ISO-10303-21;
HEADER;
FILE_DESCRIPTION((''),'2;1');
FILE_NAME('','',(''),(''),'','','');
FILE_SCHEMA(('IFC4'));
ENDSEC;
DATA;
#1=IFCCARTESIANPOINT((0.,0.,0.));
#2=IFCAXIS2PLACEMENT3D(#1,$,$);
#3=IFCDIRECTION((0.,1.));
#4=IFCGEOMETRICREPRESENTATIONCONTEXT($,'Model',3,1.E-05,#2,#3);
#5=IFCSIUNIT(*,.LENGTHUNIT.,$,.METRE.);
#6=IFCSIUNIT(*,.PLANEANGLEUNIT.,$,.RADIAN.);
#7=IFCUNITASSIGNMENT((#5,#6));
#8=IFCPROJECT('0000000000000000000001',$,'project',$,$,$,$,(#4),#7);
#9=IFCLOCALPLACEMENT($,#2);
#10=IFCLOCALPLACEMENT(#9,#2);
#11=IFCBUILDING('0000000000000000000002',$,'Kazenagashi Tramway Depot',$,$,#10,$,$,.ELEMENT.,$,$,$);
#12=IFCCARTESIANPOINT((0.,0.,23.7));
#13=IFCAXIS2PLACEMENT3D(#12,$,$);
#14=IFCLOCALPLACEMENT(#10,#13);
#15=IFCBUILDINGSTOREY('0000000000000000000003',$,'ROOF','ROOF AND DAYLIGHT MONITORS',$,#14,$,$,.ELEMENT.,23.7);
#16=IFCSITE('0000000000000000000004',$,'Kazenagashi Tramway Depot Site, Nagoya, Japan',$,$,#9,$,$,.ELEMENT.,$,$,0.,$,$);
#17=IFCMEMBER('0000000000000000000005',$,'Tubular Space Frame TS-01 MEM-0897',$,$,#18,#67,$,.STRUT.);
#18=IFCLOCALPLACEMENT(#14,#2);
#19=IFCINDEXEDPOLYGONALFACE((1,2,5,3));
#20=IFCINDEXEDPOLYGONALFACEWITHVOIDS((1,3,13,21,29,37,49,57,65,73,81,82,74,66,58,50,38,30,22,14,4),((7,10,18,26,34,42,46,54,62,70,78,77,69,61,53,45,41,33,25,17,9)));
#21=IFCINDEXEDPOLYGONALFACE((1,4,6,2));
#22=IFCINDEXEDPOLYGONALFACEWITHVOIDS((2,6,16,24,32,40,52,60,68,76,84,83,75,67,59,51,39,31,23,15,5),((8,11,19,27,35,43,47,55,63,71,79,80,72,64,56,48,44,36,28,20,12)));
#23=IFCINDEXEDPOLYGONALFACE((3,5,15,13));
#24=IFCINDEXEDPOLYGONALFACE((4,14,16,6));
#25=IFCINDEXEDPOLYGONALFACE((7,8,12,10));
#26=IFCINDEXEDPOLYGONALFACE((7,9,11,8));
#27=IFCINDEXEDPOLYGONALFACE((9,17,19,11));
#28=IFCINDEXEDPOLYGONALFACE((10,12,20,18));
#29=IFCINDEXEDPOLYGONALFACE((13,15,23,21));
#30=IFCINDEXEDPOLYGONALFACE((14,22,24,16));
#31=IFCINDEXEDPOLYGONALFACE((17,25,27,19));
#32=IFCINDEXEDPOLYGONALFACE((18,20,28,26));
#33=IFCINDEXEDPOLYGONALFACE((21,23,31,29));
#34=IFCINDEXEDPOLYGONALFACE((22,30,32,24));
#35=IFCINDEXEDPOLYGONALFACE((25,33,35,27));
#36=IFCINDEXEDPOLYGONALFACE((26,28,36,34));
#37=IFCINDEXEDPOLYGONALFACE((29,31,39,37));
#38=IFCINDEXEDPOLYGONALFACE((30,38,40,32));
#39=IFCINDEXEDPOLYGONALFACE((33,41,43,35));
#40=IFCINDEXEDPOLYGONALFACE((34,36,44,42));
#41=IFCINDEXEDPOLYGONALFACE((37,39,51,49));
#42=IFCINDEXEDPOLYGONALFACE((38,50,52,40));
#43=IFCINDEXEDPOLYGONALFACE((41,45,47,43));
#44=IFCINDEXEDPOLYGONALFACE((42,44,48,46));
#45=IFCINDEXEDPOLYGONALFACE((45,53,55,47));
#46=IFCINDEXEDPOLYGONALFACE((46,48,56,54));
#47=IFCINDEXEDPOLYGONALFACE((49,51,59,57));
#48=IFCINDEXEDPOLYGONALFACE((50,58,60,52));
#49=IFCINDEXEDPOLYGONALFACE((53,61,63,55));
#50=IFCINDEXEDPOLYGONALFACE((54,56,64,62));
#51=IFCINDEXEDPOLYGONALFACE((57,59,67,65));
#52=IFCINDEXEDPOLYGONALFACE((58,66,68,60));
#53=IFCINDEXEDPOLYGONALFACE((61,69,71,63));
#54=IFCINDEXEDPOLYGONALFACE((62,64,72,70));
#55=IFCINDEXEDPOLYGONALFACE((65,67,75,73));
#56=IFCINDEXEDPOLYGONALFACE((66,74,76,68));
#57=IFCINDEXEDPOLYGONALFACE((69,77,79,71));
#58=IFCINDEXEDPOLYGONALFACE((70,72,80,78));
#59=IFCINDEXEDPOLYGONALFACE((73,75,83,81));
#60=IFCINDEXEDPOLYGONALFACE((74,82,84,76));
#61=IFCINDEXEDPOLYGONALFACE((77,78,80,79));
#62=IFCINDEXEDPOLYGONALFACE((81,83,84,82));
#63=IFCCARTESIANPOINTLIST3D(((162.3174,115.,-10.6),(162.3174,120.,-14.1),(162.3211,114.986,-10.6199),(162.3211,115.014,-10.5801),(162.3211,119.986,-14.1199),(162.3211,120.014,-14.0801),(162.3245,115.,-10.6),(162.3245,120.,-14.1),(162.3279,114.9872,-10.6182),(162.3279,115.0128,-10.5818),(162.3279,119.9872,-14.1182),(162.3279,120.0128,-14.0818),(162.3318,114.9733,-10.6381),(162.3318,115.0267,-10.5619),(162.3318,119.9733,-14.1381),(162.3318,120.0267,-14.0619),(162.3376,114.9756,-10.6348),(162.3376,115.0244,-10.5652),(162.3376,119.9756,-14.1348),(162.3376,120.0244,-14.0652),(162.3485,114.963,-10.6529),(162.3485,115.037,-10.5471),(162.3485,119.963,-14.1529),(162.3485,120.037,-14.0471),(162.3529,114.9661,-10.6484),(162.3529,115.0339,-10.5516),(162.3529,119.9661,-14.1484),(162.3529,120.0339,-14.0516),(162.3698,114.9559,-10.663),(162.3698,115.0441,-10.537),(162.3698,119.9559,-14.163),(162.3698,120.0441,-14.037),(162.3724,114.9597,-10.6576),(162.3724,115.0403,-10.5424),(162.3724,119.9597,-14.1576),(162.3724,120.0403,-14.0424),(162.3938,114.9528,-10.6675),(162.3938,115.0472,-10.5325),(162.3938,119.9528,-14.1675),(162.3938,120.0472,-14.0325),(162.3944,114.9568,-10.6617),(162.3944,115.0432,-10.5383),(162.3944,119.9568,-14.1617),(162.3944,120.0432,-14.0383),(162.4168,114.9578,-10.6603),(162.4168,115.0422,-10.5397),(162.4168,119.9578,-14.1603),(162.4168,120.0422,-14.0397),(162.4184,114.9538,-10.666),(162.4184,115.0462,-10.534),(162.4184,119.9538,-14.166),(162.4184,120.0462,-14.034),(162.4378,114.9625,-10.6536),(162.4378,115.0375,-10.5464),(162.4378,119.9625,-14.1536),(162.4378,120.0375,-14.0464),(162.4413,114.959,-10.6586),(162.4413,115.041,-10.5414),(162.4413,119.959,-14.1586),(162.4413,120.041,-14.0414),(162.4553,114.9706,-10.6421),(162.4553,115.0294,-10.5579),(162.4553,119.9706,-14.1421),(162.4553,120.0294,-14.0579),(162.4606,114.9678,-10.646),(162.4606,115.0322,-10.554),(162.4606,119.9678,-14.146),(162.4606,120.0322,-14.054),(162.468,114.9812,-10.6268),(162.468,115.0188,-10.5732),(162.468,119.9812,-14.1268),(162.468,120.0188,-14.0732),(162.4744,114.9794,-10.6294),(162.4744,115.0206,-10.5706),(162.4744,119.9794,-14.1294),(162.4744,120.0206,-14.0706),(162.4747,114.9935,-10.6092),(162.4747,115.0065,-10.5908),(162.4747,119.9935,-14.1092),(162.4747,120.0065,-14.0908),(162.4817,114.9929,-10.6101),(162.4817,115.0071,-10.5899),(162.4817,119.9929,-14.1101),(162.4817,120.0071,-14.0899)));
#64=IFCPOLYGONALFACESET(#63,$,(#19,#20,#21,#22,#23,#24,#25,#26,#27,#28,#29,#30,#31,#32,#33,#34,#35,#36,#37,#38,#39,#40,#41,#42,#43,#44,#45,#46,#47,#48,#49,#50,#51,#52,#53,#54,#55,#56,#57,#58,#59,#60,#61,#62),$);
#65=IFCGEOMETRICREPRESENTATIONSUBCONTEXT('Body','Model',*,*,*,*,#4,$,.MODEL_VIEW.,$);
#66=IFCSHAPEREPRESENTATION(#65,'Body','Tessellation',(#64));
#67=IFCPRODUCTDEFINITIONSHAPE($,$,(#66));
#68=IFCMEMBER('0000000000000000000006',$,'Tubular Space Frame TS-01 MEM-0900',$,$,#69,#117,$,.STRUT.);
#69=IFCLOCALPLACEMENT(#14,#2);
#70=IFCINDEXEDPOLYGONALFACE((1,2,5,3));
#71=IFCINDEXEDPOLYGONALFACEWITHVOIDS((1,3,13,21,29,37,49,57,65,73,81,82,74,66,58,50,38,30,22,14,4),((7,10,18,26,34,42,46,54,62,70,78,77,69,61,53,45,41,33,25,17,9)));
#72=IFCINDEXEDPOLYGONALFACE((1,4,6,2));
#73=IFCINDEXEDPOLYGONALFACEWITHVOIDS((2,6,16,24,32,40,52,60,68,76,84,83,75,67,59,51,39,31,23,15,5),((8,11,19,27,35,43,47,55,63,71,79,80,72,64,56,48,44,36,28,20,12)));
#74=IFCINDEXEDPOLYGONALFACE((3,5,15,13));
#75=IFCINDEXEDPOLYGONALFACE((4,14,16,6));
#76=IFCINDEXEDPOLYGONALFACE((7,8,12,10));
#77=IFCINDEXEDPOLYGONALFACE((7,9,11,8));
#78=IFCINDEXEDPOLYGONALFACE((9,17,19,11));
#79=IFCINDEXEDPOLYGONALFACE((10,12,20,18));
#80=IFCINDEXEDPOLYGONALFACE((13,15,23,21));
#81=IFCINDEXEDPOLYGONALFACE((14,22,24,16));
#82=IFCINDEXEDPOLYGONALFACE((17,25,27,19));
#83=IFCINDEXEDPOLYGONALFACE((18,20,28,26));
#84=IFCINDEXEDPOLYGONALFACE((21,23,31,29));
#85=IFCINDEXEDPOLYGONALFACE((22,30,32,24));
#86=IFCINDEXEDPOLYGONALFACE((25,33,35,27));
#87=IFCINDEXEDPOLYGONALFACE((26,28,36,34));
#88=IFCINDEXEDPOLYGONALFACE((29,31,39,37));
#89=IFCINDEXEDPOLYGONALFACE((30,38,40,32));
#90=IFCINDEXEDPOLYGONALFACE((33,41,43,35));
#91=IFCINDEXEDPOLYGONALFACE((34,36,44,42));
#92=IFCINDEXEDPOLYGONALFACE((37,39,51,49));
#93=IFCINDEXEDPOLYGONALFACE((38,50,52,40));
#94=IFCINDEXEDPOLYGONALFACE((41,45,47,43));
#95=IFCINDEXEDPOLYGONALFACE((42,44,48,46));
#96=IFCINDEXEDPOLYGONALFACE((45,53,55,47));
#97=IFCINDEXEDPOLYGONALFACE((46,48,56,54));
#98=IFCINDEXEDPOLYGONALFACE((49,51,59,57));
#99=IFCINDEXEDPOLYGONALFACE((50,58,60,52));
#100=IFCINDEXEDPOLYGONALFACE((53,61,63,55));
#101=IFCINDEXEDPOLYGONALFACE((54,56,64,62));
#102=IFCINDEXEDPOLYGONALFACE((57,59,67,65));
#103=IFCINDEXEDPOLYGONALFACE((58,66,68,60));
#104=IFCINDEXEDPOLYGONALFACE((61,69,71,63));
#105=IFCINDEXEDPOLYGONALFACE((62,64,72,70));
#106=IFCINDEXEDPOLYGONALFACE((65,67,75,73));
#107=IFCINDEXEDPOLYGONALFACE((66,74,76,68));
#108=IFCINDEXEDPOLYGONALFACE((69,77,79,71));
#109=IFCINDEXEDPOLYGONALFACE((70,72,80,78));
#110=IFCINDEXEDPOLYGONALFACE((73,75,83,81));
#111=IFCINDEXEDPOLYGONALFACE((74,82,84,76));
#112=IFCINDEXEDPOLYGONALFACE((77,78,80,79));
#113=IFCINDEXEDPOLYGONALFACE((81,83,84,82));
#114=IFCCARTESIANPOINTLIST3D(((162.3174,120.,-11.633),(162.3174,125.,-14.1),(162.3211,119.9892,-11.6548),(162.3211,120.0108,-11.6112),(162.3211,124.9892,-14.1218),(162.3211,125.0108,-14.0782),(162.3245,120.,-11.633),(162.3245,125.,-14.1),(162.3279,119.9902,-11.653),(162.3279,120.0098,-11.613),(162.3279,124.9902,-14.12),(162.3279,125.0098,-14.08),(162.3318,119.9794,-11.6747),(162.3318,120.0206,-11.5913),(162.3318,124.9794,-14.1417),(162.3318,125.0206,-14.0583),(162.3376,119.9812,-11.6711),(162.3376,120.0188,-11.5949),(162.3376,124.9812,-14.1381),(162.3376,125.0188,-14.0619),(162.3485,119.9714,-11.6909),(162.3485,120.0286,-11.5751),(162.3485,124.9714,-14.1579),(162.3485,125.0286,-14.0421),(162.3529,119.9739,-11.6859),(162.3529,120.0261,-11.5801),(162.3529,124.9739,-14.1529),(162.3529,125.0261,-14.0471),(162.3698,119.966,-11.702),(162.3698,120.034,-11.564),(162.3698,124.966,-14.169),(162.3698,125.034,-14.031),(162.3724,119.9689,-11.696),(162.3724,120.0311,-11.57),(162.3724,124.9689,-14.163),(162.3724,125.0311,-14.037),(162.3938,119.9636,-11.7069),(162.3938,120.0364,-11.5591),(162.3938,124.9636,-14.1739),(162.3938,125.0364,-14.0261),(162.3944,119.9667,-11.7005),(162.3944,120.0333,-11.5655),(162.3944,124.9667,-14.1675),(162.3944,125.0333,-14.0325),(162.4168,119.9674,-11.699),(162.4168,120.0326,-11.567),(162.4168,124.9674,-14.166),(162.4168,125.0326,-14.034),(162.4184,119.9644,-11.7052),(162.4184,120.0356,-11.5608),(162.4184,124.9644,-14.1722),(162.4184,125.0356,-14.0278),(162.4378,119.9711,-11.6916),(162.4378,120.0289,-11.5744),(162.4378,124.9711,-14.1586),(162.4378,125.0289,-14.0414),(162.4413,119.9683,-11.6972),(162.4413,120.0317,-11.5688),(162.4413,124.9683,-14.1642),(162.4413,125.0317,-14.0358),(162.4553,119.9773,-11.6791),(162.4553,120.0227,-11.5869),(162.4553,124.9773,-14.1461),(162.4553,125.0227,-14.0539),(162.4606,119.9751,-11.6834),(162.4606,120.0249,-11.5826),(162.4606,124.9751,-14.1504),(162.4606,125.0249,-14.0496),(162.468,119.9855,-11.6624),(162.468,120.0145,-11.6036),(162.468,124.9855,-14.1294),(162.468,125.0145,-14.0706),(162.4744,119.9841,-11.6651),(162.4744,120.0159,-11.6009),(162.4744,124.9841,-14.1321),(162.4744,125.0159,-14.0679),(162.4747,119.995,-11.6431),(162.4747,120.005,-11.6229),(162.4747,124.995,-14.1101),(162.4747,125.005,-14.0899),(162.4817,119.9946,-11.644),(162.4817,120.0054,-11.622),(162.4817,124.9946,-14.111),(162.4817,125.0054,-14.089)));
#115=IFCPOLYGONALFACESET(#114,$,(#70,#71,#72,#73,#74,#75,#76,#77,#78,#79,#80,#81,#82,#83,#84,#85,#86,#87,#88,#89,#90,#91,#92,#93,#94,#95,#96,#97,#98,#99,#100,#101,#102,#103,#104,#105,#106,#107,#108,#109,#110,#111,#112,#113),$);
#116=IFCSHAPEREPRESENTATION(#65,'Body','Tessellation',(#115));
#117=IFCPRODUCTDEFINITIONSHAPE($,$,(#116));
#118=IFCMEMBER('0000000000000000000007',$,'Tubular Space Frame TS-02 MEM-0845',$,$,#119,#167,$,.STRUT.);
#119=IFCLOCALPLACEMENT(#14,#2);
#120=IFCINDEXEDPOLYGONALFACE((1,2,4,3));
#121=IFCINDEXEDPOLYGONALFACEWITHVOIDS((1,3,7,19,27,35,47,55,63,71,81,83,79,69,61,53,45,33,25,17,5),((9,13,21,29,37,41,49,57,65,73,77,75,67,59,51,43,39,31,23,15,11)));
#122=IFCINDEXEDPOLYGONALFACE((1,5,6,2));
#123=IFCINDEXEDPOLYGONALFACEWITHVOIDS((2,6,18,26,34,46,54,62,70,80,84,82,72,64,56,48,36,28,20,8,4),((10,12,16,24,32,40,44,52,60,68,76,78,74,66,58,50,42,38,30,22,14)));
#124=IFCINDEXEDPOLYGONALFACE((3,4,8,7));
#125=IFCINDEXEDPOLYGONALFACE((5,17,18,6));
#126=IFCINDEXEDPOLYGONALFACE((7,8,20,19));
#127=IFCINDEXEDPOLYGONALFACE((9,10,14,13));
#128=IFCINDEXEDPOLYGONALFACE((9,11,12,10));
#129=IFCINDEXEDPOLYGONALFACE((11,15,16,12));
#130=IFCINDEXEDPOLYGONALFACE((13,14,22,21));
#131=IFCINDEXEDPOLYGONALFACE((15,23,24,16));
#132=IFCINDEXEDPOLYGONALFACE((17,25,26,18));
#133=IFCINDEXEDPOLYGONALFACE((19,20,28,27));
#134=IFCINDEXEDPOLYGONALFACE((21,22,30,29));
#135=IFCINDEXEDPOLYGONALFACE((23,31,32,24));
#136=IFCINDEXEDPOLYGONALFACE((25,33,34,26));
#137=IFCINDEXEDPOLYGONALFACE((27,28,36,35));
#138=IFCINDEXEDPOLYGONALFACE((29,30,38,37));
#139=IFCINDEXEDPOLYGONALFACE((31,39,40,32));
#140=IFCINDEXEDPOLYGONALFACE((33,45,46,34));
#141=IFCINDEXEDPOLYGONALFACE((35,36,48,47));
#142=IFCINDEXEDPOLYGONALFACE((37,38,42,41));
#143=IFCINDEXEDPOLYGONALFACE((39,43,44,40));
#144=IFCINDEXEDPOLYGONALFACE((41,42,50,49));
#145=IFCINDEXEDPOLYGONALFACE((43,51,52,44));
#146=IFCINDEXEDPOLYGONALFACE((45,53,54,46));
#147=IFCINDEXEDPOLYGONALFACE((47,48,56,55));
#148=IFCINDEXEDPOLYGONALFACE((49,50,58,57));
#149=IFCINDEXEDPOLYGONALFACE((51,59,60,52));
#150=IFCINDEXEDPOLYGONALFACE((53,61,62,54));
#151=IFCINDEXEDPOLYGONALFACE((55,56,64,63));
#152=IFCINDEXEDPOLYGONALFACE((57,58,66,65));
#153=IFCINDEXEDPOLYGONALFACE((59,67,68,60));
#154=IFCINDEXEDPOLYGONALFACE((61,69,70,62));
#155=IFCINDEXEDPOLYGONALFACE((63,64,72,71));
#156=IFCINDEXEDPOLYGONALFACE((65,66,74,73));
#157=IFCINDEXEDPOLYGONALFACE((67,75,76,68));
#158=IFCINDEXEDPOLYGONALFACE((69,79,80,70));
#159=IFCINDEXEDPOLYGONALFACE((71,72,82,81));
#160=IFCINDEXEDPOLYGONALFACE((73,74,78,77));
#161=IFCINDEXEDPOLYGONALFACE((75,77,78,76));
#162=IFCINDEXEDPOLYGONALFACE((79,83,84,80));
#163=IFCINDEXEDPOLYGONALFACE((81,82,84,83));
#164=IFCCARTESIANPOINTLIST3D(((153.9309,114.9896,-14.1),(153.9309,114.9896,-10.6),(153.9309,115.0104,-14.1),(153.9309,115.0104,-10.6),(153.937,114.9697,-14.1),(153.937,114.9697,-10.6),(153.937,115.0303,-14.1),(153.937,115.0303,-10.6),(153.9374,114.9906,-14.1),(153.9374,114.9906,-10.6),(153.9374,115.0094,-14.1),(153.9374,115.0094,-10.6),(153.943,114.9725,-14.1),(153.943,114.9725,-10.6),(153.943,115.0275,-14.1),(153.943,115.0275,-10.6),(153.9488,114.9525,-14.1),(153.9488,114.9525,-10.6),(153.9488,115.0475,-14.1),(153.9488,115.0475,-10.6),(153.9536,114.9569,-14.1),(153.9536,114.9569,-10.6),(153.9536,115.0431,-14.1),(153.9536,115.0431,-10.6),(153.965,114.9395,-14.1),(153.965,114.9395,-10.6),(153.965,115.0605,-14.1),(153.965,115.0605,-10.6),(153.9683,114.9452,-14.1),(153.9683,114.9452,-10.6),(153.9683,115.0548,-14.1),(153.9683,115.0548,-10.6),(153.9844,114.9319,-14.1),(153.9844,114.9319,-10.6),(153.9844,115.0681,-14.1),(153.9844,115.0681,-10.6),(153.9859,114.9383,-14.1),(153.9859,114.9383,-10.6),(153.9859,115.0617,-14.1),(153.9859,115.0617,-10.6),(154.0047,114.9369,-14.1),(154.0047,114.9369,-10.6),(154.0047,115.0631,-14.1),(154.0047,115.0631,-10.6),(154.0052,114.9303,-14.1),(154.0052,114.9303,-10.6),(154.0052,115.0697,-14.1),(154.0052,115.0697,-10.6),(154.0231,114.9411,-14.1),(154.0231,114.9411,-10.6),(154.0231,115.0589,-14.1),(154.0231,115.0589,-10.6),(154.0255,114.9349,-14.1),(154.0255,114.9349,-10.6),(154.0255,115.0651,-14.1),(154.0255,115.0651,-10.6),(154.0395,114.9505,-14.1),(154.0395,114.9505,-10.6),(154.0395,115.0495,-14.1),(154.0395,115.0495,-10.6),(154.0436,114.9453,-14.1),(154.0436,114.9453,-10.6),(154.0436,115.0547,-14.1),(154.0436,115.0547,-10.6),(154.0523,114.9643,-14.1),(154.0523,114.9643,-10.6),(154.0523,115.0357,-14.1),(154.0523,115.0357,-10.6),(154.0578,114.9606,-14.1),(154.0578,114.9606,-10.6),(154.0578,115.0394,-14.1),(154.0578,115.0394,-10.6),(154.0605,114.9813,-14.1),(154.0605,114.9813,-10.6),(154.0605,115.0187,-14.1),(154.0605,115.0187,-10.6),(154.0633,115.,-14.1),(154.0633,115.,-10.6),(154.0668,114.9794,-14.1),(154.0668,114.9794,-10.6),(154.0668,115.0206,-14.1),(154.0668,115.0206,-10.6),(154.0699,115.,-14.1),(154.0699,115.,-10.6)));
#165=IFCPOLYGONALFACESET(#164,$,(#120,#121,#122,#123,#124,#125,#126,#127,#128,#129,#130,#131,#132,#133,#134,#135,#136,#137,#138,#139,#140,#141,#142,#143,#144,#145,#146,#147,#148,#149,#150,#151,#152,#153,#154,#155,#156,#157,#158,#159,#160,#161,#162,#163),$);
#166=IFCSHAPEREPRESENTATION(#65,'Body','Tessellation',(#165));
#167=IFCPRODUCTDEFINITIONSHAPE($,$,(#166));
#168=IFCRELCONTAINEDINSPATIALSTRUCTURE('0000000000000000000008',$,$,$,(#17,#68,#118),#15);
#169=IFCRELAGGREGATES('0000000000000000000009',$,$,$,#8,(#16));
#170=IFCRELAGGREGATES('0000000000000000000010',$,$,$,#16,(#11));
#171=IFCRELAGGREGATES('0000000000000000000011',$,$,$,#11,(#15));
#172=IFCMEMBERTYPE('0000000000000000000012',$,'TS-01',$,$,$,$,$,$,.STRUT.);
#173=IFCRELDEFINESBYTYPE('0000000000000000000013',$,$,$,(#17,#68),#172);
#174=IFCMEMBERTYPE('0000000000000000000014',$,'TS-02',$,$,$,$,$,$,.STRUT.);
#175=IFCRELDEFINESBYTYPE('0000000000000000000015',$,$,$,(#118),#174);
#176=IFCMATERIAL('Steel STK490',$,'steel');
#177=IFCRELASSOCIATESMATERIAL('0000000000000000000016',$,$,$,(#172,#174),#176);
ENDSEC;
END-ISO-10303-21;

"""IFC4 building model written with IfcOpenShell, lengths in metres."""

from ifc_helpers import new_model, si_unit, direction, frame, origin, origin_2d, place, context, subcontext, project, spatial, hollow_circle, extrude, material, material_profile, profile_set, type_object, element, save


model = new_model("IFC4")

# Units and contexts
model_context = context("Model", 3, precision=1e-05, world=origin(), true_north=direction((0.0, 1.0)))
body_context = subcontext(model_context, "Body", "Model", "MODEL_VIEW")
ifc_project = project(units=[si_unit("LENGTHUNIT", "METRE"), si_unit("PLANEANGLEUNIT", "RADIAN")], contexts=[model_context])

# Site, building, storey
site_placement = place(None, origin())
site = spatial("IfcSite", under=ifc_project, at=site_placement, Name="Kazenagashi Tramway Depot Site, Nagoya, Japan", CompositionType="ELEMENT", RefElevation=0.0)
building_placement = place(site_placement, origin())
building = spatial("IfcBuilding", under=site, at=building_placement, Name="Kazenagashi Tramway Depot", CompositionType="ELEMENT")
storey_placement = place(building_placement, frame((0.0, 0.0, 23.7)))
storey = spatial("IfcBuildingStorey", under=building, at=storey_placement, Name="ROOF", Description="ROOF AND DAYLIGHT MONITORS", CompositionType="ELEMENT", Elevation=23.7)

# Members
ifc_material_1 = material(Name="Steel STK490", Category="steel")
ifc_material_profile_1 = material_profile(ifc_material_1, hollow_circle(Radius=0.0826, WallThickness=0.0071, at=origin_2d()), Name="CHS-165.2x7.1")
ifc_profile_set_1 = profile_set([ifc_material_profile_1], Name="Steel STK490")
member_type_1 = type_object("IfcMemberType", Name="TS-01", PredefinedType="STRUT", material=ifc_profile_set_1)
member_1_placement = place(storey_placement, frame((162.4, 115.0, -10.6), z_axis=(0.0, 0.819232, -0.573462), x_axis=(-1.0, 0.0, 0.0)))
element("IfcMember", 1, at=member_1_placement, inside=storey, type_object=member_type_1, Name="Tubular Space Frame TS-01 MEM-0897", PredefinedType="STRUT", context=body_context, shape_type="SweptSolid", body=[
    extrude(hollow_circle(Radius=0.0826, WallThickness=0.0071, at=origin_2d()), origin(), (0.0, 0.0, 1.0), 6.1033),
])
member_2_placement = place(storey_placement, frame((162.4, 120.0, -11.633), z_axis=(0.0, 0.896782, -0.442472), x_axis=(-1.0, 0.0, 0.0)))
element("IfcMember", 2, at=member_2_placement, inside=storey, type_object=member_type_1, Name="Tubular Space Frame TS-01 MEM-0900", PredefinedType="STRUT", context=body_context, shape_type="SweptSolid", body=[
    extrude(hollow_circle(Radius=0.0826, WallThickness=0.0071, at=origin_2d()), origin(), (0.0, 0.0, 1.0), 5.5755),
])
ifc_material_profile_2 = material_profile(ifc_material_1, hollow_circle(Radius=0.0699, WallThickness=0.0066, at=origin_2d()), Name="CHS-139.8x6.6")
ifc_profile_set_2 = profile_set([ifc_material_profile_2], Name="Steel STK490")
member_type_2 = type_object("IfcMemberType", Name="TS-02", PredefinedType="STRUT", material=ifc_profile_set_2)
member_3_placement = place(storey_placement, frame((154.0, 115.0, -14.1), z_axis=(0.0, 0.0, 1.0), x_axis=(1.0, 0.0, 0.0)))
element("IfcMember", 3, at=member_3_placement, inside=storey, type_object=member_type_2, Name="Tubular Space Frame TS-02 MEM-0845", PredefinedType="STRUT", context=body_context, shape_type="SweptSolid", body=[
    extrude(hollow_circle(Radius=0.0699, WallThickness=0.0066, at=origin_2d()), origin(), (0.0, 0.0, 1.0), 3.5),
])

save(model, "model.ifc")
